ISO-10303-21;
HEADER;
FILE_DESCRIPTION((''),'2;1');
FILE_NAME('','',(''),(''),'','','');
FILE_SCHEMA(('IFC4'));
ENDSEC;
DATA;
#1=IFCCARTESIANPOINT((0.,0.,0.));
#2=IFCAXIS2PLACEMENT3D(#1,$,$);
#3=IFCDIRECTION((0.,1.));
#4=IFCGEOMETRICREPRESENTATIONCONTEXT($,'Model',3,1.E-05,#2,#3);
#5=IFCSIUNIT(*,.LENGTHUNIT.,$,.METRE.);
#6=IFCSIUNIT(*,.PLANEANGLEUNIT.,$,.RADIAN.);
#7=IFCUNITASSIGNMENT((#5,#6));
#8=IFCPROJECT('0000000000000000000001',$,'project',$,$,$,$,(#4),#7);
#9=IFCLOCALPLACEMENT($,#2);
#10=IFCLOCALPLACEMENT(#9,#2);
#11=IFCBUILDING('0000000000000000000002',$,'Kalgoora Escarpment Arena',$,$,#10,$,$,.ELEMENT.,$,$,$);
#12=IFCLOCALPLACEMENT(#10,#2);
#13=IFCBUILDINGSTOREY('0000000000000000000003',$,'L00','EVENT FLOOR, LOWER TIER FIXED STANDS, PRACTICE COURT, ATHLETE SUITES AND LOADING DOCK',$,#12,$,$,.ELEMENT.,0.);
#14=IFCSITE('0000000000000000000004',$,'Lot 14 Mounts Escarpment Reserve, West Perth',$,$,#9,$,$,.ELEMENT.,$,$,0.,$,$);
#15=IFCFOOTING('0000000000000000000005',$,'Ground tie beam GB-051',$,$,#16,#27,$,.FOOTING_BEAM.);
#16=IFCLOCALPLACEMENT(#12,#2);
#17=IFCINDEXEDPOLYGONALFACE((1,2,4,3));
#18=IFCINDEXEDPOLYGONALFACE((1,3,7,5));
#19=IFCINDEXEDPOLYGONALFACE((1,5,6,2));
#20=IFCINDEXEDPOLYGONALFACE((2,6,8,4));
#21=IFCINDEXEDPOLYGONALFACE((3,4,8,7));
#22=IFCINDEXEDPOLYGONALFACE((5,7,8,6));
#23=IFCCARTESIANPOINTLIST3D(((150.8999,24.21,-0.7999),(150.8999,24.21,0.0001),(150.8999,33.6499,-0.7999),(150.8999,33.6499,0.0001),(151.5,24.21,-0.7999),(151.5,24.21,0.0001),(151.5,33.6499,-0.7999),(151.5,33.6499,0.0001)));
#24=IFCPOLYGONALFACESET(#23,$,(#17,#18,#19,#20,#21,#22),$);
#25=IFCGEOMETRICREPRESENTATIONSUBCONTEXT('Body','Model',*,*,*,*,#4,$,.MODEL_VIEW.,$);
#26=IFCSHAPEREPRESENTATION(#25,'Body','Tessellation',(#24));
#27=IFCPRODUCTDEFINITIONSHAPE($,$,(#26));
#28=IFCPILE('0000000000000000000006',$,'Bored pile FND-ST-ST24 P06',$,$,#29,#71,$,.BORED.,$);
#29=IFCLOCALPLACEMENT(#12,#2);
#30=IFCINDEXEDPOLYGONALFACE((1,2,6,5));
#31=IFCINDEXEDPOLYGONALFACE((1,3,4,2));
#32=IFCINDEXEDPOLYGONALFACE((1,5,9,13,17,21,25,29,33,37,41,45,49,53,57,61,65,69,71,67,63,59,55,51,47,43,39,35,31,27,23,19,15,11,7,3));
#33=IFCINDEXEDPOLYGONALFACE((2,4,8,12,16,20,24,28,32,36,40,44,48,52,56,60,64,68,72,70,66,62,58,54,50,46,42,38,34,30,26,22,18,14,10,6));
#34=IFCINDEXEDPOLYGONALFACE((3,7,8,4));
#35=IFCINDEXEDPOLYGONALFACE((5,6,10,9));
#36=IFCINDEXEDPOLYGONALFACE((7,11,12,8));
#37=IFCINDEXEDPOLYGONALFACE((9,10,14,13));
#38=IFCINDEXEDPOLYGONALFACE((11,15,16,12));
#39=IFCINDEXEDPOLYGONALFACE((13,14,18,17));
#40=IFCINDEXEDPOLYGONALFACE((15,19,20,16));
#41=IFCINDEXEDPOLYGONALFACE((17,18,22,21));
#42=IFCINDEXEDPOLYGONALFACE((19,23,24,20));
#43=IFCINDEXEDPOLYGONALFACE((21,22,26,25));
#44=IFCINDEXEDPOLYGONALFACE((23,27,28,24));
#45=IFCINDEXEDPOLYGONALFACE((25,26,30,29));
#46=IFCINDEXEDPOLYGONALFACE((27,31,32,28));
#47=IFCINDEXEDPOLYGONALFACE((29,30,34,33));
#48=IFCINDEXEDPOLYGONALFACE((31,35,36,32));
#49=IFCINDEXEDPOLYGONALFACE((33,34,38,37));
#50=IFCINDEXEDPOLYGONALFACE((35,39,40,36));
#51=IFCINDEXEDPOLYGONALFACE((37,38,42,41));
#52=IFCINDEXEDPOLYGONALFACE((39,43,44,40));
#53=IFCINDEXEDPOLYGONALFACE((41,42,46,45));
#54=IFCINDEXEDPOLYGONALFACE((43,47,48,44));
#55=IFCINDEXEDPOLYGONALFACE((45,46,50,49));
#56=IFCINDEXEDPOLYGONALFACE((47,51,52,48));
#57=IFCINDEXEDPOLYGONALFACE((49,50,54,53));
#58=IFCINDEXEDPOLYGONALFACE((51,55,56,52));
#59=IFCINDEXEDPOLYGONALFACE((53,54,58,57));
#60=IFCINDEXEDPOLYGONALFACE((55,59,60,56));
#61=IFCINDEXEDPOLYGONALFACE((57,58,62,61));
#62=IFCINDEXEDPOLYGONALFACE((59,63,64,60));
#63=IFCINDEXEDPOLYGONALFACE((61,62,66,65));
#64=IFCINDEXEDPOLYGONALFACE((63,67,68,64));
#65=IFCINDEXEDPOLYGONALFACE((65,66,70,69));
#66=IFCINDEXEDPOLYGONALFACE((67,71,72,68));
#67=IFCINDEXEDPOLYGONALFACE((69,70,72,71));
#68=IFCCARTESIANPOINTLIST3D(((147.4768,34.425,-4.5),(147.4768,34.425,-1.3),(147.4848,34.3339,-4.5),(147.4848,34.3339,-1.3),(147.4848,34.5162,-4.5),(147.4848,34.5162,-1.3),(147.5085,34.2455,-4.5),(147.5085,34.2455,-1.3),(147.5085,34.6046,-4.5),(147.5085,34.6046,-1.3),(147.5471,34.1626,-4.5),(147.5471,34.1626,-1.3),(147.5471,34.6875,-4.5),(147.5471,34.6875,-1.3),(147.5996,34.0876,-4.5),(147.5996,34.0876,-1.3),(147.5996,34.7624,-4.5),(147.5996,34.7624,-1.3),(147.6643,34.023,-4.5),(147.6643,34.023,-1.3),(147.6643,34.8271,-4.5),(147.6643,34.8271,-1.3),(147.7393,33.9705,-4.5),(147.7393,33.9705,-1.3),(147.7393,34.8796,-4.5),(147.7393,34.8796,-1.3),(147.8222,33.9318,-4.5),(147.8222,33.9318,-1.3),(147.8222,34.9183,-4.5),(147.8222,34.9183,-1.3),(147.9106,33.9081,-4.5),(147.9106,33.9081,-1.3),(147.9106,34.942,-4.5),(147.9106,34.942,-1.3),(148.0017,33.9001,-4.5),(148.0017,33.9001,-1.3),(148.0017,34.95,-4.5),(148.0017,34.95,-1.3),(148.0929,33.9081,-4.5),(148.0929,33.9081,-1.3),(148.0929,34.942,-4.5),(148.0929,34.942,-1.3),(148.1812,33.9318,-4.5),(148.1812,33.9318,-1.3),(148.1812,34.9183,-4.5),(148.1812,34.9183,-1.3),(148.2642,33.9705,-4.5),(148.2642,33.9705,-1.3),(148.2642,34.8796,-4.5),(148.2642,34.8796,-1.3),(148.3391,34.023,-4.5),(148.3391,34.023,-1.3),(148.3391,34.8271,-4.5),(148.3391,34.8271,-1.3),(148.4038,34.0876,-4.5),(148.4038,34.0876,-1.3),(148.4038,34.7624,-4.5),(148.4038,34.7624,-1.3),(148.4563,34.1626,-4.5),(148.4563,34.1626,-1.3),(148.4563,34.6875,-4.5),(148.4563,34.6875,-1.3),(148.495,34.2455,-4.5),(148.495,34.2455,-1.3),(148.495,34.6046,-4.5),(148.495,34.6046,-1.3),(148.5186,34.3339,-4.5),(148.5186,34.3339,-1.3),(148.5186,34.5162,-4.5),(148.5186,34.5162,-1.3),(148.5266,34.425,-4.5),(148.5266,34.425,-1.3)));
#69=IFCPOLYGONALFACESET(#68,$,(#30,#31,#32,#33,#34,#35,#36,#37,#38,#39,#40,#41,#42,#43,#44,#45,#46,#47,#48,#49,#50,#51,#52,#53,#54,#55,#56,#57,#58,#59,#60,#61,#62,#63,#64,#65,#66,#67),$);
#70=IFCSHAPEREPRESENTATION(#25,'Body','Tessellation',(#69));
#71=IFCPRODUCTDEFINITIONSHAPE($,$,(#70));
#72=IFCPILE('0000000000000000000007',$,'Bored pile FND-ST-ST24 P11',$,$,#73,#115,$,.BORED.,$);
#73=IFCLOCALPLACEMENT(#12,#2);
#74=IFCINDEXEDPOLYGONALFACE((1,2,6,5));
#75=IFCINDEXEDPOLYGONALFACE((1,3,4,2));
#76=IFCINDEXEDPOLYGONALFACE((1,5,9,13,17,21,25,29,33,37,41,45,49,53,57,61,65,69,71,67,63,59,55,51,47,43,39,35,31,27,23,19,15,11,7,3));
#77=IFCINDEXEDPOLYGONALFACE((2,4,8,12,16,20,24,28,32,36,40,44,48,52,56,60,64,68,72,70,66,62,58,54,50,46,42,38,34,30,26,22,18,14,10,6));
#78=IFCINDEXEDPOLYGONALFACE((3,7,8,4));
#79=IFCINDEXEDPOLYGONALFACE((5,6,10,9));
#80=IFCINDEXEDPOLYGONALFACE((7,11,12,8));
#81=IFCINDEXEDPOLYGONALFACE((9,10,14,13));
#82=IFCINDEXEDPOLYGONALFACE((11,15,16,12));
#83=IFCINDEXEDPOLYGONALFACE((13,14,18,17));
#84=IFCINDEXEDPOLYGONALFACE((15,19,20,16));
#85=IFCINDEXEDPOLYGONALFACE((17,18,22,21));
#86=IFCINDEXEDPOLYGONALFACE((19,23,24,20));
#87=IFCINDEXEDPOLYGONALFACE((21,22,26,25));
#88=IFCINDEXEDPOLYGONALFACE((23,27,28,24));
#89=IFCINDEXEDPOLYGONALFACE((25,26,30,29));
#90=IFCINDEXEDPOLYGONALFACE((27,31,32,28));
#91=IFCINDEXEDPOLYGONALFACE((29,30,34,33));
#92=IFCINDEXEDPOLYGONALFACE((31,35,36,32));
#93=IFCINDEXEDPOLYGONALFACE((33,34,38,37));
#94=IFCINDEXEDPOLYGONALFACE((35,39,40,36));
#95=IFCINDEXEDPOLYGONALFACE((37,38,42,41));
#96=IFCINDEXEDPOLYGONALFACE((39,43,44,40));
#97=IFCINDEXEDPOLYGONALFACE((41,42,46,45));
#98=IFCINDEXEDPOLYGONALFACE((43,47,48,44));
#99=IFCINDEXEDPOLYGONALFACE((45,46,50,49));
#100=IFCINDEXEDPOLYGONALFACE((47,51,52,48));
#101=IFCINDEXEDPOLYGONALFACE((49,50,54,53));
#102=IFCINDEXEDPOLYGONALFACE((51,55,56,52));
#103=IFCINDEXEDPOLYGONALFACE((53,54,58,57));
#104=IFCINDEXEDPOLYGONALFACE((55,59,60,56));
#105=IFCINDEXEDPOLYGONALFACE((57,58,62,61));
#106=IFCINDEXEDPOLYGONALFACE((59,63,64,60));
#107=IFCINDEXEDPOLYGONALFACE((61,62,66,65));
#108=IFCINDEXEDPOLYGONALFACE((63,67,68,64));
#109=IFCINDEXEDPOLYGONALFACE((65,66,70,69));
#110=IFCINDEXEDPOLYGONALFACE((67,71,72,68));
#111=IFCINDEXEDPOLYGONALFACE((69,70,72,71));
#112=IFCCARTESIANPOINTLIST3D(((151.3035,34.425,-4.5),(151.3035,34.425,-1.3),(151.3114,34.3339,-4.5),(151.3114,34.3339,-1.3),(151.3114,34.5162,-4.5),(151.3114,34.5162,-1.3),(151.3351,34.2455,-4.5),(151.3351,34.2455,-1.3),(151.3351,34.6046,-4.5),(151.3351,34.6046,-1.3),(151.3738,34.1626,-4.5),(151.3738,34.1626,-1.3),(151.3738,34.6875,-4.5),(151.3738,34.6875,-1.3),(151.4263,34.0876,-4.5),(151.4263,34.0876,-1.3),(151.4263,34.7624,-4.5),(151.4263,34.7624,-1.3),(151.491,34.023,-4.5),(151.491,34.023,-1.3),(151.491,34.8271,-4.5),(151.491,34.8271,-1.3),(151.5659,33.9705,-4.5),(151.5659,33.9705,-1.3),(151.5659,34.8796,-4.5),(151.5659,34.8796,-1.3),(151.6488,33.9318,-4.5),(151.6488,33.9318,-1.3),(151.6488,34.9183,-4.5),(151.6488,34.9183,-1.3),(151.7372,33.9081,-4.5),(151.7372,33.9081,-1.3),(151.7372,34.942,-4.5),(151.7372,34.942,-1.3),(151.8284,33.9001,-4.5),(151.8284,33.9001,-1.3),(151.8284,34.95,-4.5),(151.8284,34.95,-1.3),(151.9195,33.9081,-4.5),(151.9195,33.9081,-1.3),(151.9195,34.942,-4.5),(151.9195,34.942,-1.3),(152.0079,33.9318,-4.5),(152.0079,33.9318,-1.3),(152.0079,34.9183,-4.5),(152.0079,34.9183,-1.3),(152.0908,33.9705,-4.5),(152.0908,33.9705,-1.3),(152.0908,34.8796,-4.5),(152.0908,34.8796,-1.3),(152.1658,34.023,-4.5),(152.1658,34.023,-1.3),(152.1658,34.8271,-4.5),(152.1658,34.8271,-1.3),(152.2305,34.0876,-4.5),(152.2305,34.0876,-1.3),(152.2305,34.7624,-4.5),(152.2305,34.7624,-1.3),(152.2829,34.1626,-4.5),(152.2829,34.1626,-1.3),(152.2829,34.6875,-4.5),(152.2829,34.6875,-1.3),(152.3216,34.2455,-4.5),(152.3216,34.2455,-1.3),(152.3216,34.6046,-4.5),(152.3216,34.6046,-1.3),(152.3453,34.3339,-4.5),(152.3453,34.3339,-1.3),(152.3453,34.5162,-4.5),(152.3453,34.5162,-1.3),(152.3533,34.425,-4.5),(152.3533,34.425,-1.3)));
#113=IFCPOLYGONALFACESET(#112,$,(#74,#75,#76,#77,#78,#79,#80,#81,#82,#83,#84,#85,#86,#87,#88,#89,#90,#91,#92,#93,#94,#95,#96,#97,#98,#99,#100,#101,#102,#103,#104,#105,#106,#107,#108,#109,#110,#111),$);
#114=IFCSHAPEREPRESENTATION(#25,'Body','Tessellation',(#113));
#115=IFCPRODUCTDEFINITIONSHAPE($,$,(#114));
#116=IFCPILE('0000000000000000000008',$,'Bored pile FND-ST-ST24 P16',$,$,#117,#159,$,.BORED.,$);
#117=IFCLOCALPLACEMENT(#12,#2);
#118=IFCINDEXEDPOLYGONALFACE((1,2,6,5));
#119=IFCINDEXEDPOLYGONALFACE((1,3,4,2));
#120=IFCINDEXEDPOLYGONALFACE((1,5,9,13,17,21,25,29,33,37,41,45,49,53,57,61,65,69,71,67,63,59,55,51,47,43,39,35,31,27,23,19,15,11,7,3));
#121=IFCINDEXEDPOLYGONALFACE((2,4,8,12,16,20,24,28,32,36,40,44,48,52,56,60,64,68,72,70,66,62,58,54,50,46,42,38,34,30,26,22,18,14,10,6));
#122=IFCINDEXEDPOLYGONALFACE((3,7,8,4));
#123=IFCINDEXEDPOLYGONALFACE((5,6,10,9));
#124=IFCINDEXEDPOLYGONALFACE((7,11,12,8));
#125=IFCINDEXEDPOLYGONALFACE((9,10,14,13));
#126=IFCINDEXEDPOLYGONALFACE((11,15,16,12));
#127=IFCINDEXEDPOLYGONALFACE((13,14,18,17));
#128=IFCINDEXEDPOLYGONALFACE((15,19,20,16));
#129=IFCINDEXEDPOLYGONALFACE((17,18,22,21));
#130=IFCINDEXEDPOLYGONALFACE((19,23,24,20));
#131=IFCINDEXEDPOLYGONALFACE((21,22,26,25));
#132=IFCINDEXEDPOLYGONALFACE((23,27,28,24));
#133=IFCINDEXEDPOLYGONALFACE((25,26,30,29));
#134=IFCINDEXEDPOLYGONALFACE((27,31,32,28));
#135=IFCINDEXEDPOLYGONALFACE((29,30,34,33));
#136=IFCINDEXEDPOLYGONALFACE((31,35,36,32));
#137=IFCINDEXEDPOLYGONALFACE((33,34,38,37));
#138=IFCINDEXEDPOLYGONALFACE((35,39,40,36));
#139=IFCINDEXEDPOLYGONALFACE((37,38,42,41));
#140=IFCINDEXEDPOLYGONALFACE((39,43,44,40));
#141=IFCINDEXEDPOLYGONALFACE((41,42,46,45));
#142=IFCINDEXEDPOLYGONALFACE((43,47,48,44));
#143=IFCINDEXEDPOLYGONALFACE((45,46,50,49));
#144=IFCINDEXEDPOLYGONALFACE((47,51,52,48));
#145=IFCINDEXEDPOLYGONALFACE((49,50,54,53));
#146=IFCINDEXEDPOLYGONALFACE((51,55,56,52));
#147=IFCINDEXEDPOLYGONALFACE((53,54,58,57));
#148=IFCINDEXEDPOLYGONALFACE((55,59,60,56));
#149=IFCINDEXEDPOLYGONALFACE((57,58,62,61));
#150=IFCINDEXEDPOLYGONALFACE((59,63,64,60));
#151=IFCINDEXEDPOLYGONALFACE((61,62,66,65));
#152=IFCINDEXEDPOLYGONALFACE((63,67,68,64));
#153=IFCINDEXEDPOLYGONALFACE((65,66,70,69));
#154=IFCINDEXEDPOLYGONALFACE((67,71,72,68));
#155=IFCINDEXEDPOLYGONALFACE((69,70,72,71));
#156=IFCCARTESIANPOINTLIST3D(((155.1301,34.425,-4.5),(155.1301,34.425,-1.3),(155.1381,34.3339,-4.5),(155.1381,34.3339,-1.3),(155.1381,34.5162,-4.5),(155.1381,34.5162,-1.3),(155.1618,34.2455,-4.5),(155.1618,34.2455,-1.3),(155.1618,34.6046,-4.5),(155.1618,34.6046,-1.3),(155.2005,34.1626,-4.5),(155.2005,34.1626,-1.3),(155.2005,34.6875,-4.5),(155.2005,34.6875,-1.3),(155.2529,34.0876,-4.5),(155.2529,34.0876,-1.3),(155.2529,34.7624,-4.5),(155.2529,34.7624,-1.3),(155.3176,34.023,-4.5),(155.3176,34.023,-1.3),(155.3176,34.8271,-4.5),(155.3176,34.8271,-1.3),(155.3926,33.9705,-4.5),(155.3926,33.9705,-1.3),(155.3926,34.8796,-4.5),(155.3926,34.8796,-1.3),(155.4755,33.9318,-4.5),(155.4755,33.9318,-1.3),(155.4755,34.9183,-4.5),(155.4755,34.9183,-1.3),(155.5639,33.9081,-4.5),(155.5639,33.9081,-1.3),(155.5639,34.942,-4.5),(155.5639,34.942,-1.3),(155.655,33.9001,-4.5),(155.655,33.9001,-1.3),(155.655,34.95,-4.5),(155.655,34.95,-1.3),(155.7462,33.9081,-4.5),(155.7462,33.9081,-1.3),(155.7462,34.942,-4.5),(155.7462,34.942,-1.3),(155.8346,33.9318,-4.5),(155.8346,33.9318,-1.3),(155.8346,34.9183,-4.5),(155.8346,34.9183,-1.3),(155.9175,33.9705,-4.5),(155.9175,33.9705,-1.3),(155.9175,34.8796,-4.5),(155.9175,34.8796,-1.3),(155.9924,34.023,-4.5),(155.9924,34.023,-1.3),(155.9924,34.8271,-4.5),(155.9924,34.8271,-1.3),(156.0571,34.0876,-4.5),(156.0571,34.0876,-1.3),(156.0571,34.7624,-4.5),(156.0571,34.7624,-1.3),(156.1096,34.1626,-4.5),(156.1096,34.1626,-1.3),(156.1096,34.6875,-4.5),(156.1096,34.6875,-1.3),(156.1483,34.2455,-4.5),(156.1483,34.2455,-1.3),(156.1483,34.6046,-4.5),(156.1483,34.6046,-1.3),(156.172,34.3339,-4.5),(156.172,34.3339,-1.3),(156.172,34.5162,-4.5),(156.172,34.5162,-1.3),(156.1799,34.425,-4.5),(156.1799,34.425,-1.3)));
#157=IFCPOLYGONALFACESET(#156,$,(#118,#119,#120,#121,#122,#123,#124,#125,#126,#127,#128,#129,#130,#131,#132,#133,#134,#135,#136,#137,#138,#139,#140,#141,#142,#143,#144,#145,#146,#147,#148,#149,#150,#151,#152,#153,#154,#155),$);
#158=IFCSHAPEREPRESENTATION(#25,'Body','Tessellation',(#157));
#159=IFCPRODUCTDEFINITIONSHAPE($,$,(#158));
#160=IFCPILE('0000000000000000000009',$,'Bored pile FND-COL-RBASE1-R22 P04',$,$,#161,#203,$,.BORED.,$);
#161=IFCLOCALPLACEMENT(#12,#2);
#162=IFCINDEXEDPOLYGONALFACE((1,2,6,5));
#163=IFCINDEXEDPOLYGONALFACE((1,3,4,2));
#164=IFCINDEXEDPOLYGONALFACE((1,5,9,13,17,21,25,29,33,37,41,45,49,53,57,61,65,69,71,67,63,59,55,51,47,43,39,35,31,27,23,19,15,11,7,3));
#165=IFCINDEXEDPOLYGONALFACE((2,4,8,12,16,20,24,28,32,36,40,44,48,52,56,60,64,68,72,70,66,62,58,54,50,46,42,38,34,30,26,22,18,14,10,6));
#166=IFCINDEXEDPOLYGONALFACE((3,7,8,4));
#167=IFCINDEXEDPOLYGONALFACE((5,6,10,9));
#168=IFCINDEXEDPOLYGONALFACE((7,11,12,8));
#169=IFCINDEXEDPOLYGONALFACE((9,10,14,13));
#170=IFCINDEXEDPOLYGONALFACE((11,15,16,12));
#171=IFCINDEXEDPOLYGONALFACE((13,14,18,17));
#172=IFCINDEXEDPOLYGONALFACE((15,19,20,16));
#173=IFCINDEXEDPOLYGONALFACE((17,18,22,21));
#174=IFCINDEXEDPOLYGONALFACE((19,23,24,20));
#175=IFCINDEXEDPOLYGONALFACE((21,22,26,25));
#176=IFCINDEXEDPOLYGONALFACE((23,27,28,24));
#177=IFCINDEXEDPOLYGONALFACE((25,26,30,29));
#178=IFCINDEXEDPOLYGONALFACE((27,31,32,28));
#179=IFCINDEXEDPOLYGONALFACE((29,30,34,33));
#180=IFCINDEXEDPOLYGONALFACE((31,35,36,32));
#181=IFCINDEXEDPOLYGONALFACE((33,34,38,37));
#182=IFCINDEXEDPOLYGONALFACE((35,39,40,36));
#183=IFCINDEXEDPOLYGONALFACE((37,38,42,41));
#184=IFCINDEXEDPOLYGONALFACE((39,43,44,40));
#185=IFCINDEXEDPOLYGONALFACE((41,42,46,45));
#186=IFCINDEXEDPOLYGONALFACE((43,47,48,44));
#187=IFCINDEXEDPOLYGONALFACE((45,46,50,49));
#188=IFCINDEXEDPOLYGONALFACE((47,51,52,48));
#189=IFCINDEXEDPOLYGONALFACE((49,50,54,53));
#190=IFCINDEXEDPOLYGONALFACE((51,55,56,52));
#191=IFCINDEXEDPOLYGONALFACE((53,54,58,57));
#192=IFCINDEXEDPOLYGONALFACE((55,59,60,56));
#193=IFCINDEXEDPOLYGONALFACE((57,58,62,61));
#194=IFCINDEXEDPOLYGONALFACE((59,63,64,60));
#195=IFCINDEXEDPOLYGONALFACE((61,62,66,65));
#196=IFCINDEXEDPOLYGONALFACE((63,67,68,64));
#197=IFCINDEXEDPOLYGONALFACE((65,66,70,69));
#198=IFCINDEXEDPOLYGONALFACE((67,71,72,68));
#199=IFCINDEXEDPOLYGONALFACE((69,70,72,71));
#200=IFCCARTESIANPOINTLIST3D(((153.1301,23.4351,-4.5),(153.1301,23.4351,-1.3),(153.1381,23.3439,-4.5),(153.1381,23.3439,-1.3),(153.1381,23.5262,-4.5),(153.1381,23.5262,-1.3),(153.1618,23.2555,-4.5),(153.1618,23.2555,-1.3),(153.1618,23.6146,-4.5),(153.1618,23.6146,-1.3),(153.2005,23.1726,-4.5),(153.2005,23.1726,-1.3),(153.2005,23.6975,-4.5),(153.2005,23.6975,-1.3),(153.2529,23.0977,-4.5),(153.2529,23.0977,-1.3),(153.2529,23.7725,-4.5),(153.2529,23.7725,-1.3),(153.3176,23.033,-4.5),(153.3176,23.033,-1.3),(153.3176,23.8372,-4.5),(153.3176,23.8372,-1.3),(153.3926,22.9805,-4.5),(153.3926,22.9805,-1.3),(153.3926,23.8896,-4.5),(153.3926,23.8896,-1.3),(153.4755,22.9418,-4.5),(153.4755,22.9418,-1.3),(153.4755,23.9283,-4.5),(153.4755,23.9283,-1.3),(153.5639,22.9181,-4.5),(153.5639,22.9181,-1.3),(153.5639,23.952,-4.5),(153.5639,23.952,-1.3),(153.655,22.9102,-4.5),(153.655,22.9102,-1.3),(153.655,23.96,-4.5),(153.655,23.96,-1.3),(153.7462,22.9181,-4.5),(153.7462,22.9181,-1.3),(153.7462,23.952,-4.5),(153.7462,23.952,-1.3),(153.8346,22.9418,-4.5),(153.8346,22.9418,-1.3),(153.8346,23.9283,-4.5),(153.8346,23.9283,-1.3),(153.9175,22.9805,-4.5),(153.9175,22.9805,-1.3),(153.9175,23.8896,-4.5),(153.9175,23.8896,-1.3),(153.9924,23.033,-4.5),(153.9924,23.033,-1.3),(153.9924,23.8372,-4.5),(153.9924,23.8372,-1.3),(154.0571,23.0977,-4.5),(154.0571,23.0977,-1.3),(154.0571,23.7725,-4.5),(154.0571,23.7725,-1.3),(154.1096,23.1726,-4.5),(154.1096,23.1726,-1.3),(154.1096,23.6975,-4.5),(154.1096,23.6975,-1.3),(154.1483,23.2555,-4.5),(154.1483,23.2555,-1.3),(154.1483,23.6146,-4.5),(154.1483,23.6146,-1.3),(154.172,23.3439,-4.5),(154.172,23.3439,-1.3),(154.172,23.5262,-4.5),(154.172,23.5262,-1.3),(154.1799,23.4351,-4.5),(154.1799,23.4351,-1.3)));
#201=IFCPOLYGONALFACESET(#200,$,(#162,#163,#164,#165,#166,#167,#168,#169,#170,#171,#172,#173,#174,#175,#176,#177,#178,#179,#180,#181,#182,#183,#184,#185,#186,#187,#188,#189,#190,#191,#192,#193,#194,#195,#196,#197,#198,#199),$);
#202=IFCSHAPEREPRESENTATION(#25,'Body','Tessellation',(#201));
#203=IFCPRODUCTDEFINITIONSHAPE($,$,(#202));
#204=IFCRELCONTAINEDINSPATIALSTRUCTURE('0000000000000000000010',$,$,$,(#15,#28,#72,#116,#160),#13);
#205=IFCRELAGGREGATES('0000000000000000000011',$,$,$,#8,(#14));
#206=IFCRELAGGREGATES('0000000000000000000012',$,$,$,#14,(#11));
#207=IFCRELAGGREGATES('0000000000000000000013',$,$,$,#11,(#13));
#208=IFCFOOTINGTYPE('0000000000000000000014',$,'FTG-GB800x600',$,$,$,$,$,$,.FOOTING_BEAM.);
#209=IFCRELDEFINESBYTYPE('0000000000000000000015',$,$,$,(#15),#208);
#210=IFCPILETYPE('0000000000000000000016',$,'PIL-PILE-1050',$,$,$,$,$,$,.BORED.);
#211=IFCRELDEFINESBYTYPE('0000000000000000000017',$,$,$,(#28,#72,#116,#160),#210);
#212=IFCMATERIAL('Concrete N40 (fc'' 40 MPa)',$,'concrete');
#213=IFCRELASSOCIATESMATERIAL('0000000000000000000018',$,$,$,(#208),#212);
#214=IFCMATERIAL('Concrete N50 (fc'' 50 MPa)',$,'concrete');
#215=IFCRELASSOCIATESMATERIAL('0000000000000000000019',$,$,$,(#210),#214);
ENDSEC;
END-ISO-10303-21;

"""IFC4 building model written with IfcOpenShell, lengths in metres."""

from ifc_helpers import new_model, si_unit, direction, frame, origin, origin_2d, place, context, subcontext, project, spatial, rectangle, circle, extrude, material, material_profile, profile_set, type_object, element, save


model = new_model("IFC4")

# Units and contexts
model_context = context("Model", 3, precision=1e-05, world=origin(), true_north=direction((0.0, 1.0)))
body_context = subcontext(model_context, "Body", "Model", "MODEL_VIEW")
ifc_project = project(units=[si_unit("LENGTHUNIT", "METRE"), si_unit("PLANEANGLEUNIT", "RADIAN")], contexts=[model_context])

# Site, building, storey
site_placement = place(None, origin())
site = spatial("IfcSite", under=ifc_project, at=site_placement, Name="Lot 14 Mounts Escarpment Reserve, West Perth", CompositionType="ELEMENT", RefElevation=0.0)
building_placement = place(site_placement, origin())
building = spatial("IfcBuilding", under=site, at=building_placement, Name="Kalgoora Escarpment Arena", CompositionType="ELEMENT")
storey_placement = place(building_placement, origin())
storey = spatial("IfcBuildingStorey", under=building, at=storey_placement, Name="L00", Description="EVENT FLOOR, LOWER TIER FIXED STANDS, PRACTICE COURT, ATHLETE SUITES AND LOADING DOCK", CompositionType="ELEMENT", Elevation=0.0)

# Footing
ifc_material_1 = material(Name="Concrete N40 (fc' 40 MPa)", Category="concrete")
ifc_material_profile_1 = material_profile(ifc_material_1, rectangle(XDim=0.6001, YDim=0.8, at=origin_2d()))
ifc_profile_set_1 = profile_set([ifc_material_profile_1], Name="Concrete N40 (fc' 40 MPa)")
footing_type = type_object("IfcFootingType", Name="FTG-GB800x600", PredefinedType="FOOTING_BEAM", material=ifc_profile_set_1)
footing_placement = place(storey_placement, frame((151.2, 24.21, -0.3999), z_axis=(0.0, 1.0, 0.0), x_axis=(-1.0, 0.0, 0.0)))
element("IfcFooting", 1, at=footing_placement, inside=storey, type_object=footing_type, Name="Ground tie beam GB-051", PredefinedType="FOOTING_BEAM", context=body_context, shape_type="SweptSolid", body=[
    extrude(rectangle(XDim=0.6001, YDim=0.8, at=origin_2d()), origin(), (0.0, 0.0, 1.0), 9.4399),
])

# Piles
ifc_material_2 = material(Name="Concrete N50 (fc' 50 MPa)", Category="concrete")
ifc_material_profile_2 = material_profile(ifc_material_2, circle(Radius=0.5249, at=origin_2d()))
ifc_profile_set_2 = profile_set([ifc_material_profile_2], Name="Concrete N50 (fc' 50 MPa)")
pile_type_1 = type_object("IfcPileType", Name="PIL-PILE-1050", PredefinedType="BORED", material=ifc_profile_set_2)
for number, where, z_axis, x_axis, name in (
    (2, (148.0017, 34.425, -1.3), (0.0, 0.0, -1.0), (1.0, 0.0, 0.0), "Bored pile FND-ST-ST24 P06"),
    (3, (151.8284, 34.425, -1.3), (0.0, 0.0, -1.0), (1.0, 0.0, 0.0), "Bored pile FND-ST-ST24 P11"),
    (4, (155.655, 34.425, -1.3), (0.0, 0.0, -1.0), (1.0, 0.0, 0.0), "Bored pile FND-ST-ST24 P16"),
    (5, (153.655, 23.4351, -1.3), (0.0, 0.0, -1.0), (1.0, 0.0, 0.0), "Bored pile FND-COL-RBASE1-R22 P04"),
):
    element("IfcPile", number, at=place(storey_placement, frame(where, z_axis=z_axis, x_axis=x_axis)), inside=storey, type_object=pile_type_1, Name=name, PredefinedType="BORED", context=body_context, shape_type="SweptSolid", body=[
        extrude(circle(Radius=0.5249, at=origin_2d()), origin(), (0.0, 0.0, 1.0), 3.2),
    ])

save(model, "model.ifc")
